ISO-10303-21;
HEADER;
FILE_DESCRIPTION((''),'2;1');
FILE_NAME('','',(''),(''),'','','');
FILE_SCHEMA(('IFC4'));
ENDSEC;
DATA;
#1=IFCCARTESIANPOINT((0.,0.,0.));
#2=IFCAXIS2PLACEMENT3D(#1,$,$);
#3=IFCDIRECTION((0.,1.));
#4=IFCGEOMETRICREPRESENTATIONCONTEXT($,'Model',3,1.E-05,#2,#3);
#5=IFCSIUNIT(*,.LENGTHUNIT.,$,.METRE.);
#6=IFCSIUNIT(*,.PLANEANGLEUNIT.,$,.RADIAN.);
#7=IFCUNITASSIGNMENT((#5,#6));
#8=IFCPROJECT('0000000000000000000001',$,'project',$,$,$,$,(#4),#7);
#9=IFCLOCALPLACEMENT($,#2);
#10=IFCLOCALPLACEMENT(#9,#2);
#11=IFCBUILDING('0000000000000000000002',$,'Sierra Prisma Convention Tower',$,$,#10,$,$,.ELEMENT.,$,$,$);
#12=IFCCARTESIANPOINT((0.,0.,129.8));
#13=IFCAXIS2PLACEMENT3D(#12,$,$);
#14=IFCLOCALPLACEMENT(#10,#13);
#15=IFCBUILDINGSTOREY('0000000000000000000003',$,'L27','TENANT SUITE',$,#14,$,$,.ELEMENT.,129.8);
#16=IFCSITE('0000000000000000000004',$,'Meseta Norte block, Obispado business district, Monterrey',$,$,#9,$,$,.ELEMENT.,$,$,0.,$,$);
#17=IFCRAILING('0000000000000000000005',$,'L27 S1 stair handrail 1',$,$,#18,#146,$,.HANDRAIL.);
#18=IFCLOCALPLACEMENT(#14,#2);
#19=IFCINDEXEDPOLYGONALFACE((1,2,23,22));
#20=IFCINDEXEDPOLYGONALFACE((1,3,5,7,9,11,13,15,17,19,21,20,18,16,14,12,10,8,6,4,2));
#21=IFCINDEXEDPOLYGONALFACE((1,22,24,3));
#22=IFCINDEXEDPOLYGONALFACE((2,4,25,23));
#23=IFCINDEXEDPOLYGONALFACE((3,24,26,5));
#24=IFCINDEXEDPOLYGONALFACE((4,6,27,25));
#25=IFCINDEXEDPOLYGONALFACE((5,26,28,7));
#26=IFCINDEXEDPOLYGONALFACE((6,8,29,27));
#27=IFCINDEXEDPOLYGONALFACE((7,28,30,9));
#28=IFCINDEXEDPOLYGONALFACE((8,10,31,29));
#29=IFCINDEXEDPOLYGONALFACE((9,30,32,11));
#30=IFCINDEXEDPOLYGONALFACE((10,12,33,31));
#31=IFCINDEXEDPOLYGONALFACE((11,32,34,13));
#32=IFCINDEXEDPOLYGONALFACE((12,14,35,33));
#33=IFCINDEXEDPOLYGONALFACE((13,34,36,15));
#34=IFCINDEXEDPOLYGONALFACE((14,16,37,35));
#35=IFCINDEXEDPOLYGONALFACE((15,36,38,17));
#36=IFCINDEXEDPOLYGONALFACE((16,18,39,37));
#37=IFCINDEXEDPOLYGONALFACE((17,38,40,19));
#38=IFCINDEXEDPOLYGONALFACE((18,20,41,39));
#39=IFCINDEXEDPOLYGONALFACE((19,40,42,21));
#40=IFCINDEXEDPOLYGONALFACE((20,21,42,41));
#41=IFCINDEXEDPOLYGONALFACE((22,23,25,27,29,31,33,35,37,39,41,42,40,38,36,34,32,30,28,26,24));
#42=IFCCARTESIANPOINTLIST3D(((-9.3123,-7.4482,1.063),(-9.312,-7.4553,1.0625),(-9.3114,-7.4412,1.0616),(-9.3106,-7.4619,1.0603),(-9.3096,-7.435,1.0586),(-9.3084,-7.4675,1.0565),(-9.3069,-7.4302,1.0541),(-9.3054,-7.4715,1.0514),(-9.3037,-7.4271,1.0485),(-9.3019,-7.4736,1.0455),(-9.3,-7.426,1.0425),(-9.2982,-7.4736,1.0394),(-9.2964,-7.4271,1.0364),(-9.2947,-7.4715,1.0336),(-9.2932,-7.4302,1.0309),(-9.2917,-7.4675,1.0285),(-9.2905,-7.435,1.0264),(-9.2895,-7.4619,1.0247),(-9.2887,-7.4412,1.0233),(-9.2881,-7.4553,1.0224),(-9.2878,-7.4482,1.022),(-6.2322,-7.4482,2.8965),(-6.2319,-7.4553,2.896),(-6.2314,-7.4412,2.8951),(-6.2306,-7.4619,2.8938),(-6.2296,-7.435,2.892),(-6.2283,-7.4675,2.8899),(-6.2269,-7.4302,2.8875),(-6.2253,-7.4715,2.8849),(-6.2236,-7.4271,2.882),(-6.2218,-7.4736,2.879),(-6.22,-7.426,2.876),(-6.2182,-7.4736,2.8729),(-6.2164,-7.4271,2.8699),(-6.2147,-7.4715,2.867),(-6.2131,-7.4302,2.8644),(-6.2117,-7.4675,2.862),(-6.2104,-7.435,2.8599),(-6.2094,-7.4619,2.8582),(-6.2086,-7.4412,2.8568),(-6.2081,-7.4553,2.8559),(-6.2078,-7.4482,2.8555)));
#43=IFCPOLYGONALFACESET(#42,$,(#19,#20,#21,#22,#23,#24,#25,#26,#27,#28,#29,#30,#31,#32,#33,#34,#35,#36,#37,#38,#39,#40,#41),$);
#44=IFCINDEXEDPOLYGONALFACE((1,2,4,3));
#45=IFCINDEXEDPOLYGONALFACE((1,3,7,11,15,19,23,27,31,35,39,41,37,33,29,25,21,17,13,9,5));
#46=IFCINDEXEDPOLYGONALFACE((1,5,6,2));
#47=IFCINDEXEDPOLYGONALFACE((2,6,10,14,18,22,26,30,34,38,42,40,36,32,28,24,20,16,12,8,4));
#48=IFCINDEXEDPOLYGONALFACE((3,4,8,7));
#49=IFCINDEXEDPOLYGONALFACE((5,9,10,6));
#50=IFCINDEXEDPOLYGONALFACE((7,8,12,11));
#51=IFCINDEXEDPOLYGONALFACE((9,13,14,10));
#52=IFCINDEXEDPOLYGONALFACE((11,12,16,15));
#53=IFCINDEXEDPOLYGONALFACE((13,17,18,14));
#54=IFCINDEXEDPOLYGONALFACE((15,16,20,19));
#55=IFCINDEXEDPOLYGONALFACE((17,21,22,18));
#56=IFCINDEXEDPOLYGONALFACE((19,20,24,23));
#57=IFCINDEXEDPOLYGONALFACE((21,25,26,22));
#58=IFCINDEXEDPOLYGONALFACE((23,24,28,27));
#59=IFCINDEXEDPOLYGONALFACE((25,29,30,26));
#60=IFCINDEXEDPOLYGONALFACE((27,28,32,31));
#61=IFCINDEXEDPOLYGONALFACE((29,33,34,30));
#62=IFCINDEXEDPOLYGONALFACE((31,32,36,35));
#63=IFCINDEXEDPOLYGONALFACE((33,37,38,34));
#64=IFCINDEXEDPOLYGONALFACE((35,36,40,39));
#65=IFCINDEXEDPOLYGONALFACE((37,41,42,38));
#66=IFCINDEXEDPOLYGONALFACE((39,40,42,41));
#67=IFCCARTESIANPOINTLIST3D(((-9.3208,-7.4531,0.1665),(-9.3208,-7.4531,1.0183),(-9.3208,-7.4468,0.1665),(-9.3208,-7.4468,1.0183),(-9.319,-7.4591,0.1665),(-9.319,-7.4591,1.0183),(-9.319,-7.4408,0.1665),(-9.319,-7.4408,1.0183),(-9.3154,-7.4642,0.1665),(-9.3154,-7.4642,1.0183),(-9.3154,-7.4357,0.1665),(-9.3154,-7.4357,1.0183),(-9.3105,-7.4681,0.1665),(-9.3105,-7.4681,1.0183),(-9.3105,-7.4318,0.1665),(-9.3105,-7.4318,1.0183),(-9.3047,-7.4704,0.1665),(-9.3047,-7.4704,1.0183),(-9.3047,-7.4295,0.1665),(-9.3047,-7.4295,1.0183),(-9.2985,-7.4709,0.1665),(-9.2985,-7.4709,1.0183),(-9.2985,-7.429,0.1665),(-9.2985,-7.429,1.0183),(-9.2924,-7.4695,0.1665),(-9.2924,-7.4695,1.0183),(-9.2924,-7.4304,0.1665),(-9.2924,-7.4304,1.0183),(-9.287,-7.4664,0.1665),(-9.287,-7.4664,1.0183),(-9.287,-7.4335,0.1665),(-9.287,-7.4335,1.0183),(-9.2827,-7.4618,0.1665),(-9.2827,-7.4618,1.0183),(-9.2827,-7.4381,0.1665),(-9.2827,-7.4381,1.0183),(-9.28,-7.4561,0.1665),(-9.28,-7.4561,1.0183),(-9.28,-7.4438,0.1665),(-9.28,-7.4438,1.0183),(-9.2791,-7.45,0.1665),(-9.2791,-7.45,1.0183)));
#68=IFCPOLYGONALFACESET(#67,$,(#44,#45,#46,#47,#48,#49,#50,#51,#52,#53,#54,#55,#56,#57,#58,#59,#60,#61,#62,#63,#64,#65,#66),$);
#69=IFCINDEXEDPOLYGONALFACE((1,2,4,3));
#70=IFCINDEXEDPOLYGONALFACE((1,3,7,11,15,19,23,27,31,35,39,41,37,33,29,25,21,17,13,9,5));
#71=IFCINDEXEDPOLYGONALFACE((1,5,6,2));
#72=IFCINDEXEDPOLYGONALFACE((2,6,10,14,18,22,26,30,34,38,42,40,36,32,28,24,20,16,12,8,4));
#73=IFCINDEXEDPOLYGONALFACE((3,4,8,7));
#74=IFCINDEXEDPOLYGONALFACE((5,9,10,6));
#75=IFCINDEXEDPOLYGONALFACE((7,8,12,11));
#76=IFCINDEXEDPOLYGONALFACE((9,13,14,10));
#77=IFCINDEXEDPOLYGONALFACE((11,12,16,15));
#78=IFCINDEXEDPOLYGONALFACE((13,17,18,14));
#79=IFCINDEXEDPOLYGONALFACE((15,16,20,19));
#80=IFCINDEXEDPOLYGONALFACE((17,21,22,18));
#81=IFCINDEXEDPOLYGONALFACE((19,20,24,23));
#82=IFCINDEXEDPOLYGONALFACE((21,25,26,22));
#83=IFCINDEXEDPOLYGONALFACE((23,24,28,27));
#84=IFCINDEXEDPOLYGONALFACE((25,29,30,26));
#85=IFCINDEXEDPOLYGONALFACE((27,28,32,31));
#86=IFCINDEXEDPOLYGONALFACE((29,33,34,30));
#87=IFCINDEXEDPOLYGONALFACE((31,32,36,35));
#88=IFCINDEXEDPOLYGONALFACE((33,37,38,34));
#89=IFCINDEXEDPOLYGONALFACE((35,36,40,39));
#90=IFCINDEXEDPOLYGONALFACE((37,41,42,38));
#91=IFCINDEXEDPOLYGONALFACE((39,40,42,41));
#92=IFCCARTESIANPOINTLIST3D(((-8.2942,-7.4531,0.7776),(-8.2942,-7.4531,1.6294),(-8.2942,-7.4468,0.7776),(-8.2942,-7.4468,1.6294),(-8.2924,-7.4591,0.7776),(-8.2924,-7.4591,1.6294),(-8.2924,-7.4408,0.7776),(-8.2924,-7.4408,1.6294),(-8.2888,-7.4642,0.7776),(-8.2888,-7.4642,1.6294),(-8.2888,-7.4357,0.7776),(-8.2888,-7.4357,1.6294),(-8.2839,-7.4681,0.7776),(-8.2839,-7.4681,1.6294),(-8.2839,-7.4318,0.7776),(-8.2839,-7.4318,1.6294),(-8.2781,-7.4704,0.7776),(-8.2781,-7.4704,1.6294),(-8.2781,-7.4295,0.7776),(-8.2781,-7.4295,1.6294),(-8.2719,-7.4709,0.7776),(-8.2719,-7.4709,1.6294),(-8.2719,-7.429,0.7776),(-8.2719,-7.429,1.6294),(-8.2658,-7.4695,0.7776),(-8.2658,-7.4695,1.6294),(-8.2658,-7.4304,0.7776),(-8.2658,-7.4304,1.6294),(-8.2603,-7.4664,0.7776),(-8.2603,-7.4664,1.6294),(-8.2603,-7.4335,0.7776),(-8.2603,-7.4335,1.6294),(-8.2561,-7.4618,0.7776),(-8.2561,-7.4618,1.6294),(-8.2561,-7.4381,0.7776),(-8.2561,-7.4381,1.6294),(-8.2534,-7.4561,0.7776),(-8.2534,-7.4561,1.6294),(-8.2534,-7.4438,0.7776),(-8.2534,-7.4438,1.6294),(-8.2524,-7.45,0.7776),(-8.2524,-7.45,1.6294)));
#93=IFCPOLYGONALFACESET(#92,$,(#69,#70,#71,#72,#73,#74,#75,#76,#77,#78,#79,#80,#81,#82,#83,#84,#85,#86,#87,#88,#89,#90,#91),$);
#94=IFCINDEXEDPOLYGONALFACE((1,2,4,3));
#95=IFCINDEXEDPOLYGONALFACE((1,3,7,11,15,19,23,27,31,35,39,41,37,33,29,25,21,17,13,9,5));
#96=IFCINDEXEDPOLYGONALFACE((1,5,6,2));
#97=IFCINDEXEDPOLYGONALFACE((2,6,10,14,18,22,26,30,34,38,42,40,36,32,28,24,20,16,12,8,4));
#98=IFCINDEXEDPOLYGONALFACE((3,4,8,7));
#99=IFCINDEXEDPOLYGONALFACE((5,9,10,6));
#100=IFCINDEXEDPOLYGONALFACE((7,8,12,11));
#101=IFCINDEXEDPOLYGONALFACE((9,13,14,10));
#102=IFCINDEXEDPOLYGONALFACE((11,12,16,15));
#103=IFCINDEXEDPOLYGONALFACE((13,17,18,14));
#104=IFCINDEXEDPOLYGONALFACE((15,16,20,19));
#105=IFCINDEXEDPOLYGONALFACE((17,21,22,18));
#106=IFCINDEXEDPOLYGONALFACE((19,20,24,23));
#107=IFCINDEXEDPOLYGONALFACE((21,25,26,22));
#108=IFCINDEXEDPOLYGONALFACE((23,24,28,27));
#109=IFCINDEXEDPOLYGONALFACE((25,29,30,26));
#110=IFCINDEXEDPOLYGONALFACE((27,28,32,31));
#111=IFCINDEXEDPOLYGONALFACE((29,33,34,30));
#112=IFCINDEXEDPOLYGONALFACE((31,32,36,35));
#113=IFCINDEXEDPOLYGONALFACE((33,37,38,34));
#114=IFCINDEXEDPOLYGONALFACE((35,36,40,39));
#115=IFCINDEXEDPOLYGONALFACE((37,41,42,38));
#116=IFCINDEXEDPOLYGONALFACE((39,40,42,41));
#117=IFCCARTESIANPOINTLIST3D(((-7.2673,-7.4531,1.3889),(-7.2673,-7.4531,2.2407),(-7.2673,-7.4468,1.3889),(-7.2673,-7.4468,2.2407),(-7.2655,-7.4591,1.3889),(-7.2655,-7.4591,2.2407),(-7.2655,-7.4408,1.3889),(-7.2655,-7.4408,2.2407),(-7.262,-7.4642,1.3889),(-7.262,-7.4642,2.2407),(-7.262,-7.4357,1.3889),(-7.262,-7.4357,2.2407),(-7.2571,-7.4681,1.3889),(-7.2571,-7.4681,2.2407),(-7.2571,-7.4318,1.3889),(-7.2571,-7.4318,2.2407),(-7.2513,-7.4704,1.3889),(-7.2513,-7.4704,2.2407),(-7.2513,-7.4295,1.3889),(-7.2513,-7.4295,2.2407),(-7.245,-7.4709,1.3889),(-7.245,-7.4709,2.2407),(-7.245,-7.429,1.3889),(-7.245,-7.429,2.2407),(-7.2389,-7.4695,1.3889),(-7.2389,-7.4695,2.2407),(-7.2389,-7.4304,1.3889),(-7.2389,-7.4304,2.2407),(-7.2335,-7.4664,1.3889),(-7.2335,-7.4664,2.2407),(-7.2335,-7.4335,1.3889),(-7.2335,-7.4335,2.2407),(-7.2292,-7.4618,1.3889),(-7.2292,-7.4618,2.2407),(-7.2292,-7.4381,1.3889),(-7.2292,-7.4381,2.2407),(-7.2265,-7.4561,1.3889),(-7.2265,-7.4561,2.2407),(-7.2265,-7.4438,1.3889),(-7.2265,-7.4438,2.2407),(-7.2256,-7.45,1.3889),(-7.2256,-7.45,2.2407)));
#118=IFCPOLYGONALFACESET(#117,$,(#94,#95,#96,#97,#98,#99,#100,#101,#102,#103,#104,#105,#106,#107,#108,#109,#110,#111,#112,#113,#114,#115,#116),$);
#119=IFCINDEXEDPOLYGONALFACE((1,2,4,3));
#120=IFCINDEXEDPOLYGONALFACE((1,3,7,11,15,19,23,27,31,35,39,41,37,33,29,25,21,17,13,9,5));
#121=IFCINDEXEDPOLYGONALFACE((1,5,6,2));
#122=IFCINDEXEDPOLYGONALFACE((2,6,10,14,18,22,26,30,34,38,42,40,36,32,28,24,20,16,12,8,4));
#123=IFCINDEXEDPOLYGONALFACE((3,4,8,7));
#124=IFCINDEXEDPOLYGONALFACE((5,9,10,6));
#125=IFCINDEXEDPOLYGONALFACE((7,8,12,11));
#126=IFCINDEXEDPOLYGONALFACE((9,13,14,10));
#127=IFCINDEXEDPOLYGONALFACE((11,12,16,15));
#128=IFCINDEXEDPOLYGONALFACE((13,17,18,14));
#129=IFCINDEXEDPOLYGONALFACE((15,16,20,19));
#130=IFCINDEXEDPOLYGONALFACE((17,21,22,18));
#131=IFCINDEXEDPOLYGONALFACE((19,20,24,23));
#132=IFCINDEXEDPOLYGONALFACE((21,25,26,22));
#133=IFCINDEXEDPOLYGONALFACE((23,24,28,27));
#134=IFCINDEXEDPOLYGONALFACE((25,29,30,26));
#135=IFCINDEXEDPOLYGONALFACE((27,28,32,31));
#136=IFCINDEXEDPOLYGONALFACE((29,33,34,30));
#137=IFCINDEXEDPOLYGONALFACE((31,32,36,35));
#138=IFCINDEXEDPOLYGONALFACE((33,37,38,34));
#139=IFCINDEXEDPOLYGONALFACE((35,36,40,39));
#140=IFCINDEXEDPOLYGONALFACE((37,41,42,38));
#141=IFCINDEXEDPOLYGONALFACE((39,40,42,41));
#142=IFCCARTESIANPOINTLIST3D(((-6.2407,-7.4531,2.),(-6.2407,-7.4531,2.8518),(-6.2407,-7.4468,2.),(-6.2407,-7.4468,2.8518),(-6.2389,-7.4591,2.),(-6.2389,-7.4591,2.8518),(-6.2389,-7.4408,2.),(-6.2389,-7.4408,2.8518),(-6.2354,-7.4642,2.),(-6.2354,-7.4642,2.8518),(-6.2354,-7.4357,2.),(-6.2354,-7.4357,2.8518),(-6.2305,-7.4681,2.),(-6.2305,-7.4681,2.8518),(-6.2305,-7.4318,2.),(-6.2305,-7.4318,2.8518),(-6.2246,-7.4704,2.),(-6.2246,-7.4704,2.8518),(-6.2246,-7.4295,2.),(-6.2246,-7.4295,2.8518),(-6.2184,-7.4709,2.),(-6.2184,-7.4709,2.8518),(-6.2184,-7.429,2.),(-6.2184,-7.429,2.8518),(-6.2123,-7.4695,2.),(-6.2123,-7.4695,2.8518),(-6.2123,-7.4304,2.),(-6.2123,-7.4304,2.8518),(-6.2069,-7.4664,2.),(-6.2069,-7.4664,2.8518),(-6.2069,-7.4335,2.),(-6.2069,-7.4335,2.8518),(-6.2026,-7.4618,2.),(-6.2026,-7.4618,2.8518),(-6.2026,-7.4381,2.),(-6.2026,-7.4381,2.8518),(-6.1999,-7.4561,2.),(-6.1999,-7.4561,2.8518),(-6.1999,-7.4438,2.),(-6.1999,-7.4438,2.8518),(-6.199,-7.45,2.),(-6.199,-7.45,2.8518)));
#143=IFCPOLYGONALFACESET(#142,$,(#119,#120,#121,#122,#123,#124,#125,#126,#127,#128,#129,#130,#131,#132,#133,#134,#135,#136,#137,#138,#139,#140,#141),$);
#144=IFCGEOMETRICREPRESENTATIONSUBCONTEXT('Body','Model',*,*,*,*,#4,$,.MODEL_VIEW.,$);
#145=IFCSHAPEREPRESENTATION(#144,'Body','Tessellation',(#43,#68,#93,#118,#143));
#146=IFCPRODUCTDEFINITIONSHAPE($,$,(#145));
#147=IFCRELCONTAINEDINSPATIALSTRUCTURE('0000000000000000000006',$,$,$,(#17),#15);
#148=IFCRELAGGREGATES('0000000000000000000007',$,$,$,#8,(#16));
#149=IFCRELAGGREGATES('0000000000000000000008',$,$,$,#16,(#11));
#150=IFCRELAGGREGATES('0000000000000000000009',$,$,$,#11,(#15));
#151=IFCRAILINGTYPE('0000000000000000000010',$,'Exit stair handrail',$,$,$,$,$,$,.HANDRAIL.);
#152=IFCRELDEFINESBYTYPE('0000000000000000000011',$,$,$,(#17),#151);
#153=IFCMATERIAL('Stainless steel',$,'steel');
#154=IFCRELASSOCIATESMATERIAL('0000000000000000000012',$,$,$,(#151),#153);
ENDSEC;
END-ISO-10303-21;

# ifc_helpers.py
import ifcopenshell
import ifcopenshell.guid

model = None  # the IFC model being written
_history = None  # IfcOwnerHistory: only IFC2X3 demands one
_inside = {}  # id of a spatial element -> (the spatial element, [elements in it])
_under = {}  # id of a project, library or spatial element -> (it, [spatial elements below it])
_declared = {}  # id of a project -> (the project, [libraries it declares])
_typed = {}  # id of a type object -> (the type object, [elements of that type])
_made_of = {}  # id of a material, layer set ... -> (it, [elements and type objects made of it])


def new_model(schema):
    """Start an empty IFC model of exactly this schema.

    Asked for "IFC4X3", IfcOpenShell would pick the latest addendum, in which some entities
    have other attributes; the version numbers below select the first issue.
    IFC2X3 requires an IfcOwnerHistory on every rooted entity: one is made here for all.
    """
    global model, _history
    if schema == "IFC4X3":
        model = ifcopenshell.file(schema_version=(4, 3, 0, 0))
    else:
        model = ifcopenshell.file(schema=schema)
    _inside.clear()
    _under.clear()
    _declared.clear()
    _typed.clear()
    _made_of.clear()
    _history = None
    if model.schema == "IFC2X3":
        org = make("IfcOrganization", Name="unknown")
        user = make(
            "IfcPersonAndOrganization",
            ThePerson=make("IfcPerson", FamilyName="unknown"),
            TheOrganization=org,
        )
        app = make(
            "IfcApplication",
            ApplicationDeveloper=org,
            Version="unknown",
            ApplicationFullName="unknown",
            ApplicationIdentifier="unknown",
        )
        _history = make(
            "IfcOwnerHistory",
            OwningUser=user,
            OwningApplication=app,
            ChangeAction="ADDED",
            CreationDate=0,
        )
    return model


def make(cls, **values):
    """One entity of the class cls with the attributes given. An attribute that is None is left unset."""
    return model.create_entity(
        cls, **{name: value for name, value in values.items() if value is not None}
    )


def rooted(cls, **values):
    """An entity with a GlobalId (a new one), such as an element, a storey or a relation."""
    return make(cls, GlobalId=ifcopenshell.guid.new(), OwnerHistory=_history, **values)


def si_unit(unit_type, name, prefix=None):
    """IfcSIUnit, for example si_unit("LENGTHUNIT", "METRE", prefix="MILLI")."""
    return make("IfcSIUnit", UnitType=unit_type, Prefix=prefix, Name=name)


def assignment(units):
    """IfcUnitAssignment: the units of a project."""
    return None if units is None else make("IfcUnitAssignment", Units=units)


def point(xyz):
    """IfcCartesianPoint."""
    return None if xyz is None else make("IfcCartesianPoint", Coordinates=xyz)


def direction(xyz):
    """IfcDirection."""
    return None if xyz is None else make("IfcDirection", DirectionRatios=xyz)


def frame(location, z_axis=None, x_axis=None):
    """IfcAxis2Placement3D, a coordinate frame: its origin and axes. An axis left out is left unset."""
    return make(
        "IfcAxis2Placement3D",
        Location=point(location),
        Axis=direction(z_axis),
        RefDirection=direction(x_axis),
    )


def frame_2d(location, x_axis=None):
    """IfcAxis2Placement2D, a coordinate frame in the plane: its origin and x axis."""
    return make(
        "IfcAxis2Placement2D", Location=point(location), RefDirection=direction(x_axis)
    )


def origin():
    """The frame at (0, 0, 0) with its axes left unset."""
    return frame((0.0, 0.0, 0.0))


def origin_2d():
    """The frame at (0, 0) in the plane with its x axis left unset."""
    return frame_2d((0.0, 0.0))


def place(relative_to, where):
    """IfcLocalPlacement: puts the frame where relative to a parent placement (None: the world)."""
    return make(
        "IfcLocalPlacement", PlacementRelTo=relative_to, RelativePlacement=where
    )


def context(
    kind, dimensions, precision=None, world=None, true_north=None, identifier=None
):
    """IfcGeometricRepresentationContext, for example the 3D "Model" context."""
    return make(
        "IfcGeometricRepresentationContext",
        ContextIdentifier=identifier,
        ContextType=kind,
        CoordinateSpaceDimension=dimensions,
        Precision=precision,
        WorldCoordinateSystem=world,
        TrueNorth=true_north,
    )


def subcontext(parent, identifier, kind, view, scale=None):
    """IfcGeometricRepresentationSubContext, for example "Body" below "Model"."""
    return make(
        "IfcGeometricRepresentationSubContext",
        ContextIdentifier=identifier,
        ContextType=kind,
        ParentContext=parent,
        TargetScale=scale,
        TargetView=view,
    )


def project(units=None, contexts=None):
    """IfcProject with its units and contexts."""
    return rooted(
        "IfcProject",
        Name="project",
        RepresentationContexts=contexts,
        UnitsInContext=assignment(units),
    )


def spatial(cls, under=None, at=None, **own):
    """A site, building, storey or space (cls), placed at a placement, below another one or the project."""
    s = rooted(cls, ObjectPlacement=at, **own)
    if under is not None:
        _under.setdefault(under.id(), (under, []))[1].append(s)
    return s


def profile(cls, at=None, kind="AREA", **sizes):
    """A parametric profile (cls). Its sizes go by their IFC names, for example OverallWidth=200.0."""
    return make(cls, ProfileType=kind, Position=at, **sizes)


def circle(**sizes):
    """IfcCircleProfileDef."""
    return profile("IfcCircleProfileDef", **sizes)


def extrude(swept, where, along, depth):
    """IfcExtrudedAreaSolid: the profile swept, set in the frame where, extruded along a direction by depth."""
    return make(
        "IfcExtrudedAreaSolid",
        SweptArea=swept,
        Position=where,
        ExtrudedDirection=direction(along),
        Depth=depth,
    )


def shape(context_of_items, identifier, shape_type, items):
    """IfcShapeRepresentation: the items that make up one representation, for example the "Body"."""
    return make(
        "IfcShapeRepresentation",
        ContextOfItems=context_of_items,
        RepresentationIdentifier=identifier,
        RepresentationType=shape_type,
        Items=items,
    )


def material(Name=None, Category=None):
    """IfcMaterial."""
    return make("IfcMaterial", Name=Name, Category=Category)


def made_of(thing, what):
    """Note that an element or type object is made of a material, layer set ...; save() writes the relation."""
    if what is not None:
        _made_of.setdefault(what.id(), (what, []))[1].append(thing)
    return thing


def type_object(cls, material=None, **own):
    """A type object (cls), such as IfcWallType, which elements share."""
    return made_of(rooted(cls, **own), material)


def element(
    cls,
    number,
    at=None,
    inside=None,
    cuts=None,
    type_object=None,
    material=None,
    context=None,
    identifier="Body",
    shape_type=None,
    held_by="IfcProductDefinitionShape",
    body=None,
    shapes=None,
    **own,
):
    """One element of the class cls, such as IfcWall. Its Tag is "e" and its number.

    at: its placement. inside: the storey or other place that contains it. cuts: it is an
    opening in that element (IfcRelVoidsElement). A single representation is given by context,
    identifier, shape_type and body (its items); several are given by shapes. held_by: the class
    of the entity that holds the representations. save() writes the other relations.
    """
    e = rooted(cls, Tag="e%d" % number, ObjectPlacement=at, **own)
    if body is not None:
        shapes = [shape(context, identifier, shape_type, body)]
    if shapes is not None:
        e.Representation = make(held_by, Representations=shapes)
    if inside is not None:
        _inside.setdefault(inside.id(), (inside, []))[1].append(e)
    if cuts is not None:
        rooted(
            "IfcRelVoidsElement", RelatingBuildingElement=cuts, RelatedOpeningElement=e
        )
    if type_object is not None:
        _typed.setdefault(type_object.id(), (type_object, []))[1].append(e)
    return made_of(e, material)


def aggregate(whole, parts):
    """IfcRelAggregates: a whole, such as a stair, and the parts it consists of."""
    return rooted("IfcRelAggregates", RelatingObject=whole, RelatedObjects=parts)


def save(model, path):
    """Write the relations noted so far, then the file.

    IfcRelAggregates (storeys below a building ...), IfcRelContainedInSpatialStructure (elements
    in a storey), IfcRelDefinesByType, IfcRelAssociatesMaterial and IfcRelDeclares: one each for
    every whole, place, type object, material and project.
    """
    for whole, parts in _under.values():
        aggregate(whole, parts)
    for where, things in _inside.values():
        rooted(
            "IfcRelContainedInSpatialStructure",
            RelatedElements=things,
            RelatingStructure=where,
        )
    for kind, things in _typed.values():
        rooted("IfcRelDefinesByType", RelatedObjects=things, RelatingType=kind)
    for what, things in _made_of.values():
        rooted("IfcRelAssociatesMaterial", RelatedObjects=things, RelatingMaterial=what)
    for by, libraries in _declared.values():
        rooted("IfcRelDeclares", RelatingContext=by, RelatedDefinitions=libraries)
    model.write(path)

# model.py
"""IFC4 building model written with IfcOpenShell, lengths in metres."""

from ifc_helpers import new_model, si_unit, direction, frame, origin, origin_2d, place, context, subcontext, project, spatial, circle, extrude, material, type_object, element, save


model = new_model("IFC4")

# Units and contexts
model_context = context("Model", 3, precision=1e-05, world=origin(), true_north=direction((0.0, 1.0)))
body_context = subcontext(model_context, "Body", "Model", "MODEL_VIEW")
ifc_project = project(units=[si_unit("LENGTHUNIT", "METRE"), si_unit("PLANEANGLEUNIT", "RADIAN")], contexts=[model_context])

# Site, building, storey
site_placement = place(None, origin())
site = spatial("IfcSite", under=ifc_project, at=site_placement, Name="Meseta Norte block, Obispado business district, Monterrey", CompositionType="ELEMENT", RefElevation=0.0)
building_placement = place(site_placement, origin())
building = spatial("IfcBuilding", under=site, at=building_placement, Name="Sierra Prisma Convention Tower", CompositionType="ELEMENT")
storey_placement = place(building_placement, frame((0.0, 0.0, 129.8)))
storey = spatial("IfcBuildingStorey", under=building, at=storey_placement, Name="L27", Description="TENANT SUITE", CompositionType="ELEMENT", Elevation=129.8)

# Railing
ifc_material_1 = material(Name="Stainless steel", Category="steel")
railing_type_1 = type_object("IfcRailingType", Name="Exit stair handrail", PredefinedType="HANDRAIL", material=ifc_material_1)
railing_1_placement = place(storey_placement, frame((-9.3, -7.45, 0.1665)))
element("IfcRailing", 1, at=railing_1_placement, inside=storey, type_object=railing_type_1, Name="L27 S1 stair handrail 1", PredefinedType="HANDRAIL", context=body_context, shape_type="SweptSolid", body=[
    extrude(circle(Radius=0.0239, at=origin_2d()), frame((0.0, 0.0, 0.876), z_axis=(0.859279, 0.0, 0.511508), x_axis=(0.0, 1.0, 0.0)), (0.0, 0.0, 1.0), 3.5845),
    extrude(circle(Radius=0.021, at=origin_2d()), origin(), (0.0, 0.0, 1.0), 0.8518),
    extrude(circle(Radius=0.021, at=origin_2d()), frame((1.0266, 0.0, 0.6111)), (0.0, 0.0, 1.0), 0.8518),
    extrude(circle(Radius=0.021, at=origin_2d()), frame((2.0535, 0.0, 1.2224)), (0.0, 0.0, 1.0), 0.8518),
    extrude(circle(Radius=0.021, at=origin_2d()), frame((3.0801, 0.0, 1.8335)), (0.0, 0.0, 1.0), 0.8518),
])

save(model, "model.ifc")
